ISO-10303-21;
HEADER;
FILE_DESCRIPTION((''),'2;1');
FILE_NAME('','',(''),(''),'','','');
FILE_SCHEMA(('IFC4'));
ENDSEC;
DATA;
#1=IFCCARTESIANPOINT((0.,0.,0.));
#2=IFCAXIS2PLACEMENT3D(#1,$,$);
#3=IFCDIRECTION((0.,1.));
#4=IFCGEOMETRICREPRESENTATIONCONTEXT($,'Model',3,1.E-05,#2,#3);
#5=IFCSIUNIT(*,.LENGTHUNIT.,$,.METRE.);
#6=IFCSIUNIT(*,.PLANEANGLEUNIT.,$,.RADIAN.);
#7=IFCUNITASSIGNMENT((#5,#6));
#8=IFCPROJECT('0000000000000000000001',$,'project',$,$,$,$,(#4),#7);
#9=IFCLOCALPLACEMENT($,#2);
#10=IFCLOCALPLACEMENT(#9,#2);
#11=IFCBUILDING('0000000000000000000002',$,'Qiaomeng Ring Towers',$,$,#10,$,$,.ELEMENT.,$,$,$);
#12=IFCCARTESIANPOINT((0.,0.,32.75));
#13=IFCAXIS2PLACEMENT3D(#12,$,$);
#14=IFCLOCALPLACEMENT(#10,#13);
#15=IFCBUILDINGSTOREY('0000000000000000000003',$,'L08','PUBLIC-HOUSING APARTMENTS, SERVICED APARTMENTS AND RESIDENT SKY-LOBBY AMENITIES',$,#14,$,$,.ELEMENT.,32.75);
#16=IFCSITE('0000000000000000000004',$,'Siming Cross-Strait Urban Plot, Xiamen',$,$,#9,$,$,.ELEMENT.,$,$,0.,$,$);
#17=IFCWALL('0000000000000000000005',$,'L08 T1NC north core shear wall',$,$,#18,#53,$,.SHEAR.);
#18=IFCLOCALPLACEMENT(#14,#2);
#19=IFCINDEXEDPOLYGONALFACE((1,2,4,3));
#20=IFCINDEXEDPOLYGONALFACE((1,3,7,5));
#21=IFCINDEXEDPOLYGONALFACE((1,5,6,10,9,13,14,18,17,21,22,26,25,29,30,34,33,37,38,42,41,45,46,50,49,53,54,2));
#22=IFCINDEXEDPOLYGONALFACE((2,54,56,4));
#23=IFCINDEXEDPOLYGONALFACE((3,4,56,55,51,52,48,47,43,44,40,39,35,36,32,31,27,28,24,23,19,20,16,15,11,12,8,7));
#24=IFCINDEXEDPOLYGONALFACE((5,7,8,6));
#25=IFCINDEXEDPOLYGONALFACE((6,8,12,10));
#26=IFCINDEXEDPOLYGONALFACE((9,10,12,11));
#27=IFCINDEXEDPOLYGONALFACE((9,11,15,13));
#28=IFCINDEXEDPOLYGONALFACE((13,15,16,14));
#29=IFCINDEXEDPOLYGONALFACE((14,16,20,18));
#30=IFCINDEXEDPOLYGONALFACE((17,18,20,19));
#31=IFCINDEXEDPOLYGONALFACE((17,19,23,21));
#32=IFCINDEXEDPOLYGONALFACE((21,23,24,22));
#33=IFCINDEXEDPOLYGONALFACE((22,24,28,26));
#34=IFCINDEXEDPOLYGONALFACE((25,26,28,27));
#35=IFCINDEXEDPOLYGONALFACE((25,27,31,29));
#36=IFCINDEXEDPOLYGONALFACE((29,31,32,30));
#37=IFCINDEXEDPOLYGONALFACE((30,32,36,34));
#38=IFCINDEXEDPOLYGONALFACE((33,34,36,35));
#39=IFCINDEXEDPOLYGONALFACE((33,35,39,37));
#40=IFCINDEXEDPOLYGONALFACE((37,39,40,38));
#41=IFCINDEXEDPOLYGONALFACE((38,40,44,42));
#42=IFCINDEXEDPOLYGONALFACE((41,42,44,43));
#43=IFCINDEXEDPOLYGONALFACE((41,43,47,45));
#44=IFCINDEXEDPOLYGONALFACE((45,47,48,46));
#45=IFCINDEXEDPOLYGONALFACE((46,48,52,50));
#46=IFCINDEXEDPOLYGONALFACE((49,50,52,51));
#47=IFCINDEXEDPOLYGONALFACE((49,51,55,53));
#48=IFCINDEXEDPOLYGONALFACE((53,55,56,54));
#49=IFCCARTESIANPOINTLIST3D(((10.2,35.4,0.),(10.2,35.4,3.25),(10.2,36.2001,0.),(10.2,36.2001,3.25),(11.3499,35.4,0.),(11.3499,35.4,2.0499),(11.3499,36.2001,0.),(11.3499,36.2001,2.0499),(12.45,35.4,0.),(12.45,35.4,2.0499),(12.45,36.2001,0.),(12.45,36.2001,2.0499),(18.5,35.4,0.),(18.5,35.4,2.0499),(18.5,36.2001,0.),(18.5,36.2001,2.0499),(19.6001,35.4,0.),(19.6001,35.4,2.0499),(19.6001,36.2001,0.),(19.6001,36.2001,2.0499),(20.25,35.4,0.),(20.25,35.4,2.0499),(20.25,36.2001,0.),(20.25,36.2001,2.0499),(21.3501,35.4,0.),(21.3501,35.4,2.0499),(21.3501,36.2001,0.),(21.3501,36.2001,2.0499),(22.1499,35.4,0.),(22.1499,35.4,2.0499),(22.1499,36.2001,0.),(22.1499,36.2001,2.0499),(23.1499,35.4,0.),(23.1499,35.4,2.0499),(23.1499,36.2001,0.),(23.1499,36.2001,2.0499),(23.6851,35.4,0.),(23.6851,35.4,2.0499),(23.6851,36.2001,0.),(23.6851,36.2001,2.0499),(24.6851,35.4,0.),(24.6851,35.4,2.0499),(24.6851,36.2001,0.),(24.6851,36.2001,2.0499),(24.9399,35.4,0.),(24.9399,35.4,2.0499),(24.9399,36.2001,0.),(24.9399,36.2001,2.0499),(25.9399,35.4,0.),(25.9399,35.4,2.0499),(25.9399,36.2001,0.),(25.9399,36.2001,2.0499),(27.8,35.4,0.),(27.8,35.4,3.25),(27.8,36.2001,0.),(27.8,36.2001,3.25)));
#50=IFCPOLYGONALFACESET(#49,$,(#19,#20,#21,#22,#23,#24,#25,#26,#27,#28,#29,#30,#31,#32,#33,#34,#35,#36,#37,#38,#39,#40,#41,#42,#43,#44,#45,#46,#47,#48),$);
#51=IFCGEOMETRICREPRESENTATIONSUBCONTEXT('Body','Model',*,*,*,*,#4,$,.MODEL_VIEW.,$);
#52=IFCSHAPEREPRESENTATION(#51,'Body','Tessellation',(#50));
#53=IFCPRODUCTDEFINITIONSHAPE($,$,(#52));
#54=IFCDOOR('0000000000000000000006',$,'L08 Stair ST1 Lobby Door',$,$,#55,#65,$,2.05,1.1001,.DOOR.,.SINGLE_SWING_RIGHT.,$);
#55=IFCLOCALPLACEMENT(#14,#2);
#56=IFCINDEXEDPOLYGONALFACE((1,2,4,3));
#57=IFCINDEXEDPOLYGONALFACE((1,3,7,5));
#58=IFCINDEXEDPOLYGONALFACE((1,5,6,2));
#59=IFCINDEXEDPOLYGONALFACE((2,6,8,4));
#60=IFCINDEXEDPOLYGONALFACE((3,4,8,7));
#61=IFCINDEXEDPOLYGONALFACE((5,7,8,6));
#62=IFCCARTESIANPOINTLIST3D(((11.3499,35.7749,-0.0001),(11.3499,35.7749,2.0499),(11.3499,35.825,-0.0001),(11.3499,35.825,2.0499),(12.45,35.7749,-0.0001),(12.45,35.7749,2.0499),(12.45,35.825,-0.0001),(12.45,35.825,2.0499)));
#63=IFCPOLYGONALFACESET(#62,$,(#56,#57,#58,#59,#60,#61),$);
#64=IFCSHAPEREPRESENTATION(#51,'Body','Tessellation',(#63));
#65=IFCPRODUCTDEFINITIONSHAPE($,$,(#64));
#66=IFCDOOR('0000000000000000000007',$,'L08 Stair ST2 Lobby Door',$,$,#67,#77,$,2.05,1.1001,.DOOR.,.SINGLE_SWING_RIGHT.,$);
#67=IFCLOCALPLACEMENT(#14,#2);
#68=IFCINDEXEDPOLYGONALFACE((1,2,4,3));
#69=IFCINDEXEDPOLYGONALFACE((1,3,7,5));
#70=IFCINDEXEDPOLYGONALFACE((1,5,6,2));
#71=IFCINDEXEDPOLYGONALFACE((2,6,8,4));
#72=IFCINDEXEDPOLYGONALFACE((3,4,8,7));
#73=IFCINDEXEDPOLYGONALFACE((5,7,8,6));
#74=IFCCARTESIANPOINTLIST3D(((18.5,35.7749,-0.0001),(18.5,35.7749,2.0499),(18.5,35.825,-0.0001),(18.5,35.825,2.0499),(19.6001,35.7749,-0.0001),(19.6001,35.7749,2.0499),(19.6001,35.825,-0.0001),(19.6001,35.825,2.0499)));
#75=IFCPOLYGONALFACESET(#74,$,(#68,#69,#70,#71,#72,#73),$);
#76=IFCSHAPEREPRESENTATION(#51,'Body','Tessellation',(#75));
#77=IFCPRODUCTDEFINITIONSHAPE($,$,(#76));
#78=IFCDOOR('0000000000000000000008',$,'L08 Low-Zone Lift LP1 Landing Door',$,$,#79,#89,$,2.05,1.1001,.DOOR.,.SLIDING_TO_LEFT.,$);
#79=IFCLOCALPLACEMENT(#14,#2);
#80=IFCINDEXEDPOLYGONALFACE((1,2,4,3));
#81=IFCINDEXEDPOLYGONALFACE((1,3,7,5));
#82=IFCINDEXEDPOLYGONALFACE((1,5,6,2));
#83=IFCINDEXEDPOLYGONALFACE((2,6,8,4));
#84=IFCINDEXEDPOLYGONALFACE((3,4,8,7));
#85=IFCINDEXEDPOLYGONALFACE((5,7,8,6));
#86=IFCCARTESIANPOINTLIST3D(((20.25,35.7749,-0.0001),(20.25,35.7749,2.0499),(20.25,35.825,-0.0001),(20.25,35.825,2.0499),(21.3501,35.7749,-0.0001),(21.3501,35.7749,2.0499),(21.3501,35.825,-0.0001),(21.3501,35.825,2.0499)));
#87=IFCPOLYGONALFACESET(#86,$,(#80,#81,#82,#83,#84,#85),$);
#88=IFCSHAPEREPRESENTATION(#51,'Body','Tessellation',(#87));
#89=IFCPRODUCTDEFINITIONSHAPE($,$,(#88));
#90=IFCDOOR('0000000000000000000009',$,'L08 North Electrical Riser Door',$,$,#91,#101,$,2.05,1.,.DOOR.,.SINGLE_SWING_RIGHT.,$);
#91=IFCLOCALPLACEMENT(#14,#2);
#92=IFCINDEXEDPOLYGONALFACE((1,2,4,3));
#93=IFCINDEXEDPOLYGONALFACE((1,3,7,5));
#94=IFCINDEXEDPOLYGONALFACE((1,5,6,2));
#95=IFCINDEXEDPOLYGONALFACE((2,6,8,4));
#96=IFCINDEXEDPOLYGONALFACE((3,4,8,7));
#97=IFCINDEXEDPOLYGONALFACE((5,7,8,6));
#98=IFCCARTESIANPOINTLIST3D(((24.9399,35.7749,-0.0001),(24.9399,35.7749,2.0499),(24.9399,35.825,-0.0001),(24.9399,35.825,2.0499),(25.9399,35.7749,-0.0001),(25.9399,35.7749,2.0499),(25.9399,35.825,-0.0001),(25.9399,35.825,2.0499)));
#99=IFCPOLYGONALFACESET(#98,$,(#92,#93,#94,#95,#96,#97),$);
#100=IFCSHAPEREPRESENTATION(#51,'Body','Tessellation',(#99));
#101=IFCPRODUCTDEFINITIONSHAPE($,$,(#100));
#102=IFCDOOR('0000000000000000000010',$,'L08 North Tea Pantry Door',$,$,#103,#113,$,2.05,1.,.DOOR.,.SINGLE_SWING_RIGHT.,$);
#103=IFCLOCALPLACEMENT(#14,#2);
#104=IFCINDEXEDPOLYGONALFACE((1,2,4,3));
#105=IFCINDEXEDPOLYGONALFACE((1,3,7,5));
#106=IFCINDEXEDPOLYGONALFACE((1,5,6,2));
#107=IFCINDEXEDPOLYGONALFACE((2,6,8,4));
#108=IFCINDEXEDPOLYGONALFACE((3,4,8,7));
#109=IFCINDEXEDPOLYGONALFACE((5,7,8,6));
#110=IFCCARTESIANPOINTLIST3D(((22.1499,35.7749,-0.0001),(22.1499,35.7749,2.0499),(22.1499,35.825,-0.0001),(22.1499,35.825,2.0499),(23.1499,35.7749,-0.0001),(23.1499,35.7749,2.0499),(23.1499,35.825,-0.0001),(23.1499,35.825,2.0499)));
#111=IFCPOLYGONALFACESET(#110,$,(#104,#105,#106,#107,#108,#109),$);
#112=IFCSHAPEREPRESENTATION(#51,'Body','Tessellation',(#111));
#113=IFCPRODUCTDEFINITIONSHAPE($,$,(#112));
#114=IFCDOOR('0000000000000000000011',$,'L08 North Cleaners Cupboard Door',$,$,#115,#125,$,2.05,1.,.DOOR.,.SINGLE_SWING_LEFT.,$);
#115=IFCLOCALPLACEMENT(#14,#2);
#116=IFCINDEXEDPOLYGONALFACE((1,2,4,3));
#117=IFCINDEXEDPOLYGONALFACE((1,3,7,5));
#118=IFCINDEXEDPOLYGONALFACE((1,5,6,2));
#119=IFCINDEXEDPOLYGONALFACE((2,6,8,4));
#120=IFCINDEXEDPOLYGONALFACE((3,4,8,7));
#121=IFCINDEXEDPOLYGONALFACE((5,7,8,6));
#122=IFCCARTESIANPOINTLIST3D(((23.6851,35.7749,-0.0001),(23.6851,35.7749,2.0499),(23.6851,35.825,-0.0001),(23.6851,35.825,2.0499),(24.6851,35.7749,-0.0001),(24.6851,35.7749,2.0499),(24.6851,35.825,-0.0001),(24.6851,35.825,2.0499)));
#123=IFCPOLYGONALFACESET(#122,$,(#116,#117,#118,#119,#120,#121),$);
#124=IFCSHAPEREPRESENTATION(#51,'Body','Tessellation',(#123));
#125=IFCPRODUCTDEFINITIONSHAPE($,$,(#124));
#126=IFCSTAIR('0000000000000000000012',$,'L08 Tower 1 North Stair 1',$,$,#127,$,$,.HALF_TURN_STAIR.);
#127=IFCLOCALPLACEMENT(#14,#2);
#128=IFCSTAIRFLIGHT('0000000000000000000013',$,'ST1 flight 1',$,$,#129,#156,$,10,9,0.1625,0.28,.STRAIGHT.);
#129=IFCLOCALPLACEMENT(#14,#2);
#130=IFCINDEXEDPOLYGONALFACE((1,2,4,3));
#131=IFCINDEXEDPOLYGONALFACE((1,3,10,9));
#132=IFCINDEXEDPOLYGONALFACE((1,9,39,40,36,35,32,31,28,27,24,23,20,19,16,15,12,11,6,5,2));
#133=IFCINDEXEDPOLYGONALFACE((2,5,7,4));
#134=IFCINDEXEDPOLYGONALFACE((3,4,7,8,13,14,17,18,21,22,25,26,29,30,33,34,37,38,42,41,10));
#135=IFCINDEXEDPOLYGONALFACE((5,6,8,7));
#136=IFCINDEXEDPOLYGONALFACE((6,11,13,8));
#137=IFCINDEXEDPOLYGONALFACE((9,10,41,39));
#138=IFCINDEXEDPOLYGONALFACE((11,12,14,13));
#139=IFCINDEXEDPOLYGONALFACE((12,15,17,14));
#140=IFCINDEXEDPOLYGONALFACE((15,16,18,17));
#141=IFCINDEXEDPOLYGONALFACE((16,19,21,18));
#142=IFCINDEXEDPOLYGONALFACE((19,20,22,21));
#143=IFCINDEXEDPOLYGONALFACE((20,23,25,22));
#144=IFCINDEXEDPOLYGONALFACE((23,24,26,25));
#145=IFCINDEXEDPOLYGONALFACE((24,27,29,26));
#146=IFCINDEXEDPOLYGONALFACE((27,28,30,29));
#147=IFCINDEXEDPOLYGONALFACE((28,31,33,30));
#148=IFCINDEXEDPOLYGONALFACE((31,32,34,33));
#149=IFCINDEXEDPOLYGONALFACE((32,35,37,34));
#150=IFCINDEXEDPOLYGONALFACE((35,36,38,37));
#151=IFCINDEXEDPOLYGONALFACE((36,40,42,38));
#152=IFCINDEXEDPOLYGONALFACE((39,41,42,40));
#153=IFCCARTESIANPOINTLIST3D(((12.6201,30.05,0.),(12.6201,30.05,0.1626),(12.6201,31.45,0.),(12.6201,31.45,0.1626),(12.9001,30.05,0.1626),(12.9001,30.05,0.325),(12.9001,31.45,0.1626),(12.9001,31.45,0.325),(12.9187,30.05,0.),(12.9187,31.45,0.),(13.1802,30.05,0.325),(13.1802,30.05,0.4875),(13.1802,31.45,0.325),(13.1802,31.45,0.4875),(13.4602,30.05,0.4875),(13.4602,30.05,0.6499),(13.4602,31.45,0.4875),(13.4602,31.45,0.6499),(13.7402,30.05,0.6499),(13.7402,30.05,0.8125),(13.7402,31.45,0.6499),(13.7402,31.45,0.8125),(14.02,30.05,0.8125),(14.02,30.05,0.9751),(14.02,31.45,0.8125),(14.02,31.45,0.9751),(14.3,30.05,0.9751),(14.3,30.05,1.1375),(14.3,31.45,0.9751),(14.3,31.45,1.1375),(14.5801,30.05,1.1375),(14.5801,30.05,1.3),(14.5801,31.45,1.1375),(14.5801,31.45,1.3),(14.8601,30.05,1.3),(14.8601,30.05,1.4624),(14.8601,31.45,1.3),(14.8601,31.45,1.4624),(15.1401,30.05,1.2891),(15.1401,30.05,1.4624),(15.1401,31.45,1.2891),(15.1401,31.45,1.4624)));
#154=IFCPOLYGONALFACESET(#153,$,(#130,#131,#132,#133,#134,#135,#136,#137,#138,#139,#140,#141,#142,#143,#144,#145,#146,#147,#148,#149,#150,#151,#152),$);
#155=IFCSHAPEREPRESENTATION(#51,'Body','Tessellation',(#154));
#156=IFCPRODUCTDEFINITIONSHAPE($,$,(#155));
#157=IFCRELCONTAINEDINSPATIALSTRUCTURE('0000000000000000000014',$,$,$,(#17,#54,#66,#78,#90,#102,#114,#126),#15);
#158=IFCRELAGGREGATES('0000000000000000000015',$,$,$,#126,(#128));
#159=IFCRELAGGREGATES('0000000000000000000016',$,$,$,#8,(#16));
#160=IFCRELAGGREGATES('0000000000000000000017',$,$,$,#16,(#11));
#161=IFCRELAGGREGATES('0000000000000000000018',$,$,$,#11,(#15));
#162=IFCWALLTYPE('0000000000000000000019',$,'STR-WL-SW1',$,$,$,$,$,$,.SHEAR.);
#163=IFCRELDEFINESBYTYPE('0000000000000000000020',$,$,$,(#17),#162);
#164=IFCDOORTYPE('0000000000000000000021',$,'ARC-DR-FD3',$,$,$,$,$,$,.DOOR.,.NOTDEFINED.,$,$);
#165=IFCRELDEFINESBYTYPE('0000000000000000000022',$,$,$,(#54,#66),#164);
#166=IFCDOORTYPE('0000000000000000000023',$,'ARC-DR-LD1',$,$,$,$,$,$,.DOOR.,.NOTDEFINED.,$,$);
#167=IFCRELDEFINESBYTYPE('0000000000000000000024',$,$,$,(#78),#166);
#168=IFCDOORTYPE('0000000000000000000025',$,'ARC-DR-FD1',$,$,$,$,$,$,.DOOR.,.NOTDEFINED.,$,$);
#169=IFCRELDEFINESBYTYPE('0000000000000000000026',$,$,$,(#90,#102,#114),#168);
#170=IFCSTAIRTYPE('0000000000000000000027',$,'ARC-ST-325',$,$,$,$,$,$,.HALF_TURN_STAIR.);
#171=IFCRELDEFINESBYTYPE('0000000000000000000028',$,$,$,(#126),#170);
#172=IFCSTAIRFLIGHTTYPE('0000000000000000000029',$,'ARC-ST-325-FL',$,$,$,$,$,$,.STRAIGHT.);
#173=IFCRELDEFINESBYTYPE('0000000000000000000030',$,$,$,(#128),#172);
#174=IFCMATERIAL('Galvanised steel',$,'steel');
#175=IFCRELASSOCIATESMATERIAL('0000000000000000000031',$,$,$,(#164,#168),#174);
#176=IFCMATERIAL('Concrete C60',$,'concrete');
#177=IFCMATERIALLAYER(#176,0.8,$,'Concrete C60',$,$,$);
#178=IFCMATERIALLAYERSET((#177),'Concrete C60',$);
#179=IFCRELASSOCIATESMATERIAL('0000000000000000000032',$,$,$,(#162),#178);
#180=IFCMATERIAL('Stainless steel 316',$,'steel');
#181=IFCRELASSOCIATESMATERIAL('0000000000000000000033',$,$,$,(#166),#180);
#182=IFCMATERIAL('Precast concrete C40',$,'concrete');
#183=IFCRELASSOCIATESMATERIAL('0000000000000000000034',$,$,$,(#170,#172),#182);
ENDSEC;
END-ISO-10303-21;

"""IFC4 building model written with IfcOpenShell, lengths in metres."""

from ifc_helpers import new_model, si_unit, direction, frame, frame_2d, origin, place, context, subcontext, project, spatial, polyline, rectangle, outline, extrude, source, transform, mapped, material, layer, layer_set, type_object, element, fill, aggregate, save


model = new_model("IFC4")

# Units and contexts
model_context = context("Model", 3, precision=1e-05, world=origin(), true_north=direction((0.0, 1.0)))
body_context = subcontext(model_context, "Body", "Model", "MODEL_VIEW")
ifc_project = project(units=[si_unit("LENGTHUNIT", "METRE"), si_unit("PLANEANGLEUNIT", "RADIAN")], contexts=[model_context])

# Site, building, storey
site_placement = place(None, origin())
site = spatial("IfcSite", under=ifc_project, at=site_placement, Name="Siming Cross-Strait Urban Plot, Xiamen", CompositionType="ELEMENT", RefElevation=0.0)
building_placement = place(site_placement, origin())
building = spatial("IfcBuilding", under=site, at=building_placement, Name="Qiaomeng Ring Towers", CompositionType="ELEMENT")
storey_placement = place(building_placement, frame((0.0, 0.0, 32.75)))
storey = spatial("IfcBuildingStorey", under=building, at=storey_placement, Name="L08", Description="PUBLIC-HOUSING APARTMENTS, SERVICED APARTMENTS AND RESIDENT SKY-LOBBY AMENITIES", CompositionType="ELEMENT", Elevation=32.75)

# Shared definitions
shared_shape_1 = source(origin(), body_context, "Body", "SweptSolid", [
    extrude(rectangle(XDim=1.0, YDim=2.05, at=frame_2d((0.5, 1.0249))), frame((0.0, 0.0249, 0.0), z_axis=(0.0, -1.0, 0.0), x_axis=(1.0, 0.0, 0.0)), (0.0, 0.0, 1.0), 0.05),
])

# Shared definitions
ifc_material_1 = material(Name="Galvanised steel", Category="steel")
door_type_1 = type_object("IfcDoorType", Name="ARC-DR-FD3", OperationType="NOTDEFINED", PredefinedType="DOOR", material=ifc_material_1)
shared_shape_2 = source(origin(), body_context, "Body", "SweptSolid", [
    extrude(rectangle(XDim=1.1001, YDim=2.05, at=frame_2d((0.55, 1.0249))), frame((0.0, 0.0249, 0.0), z_axis=(0.0, -1.0, 0.0), x_axis=(1.0, 0.0, 0.0)), (0.0, 0.0, 1.0), 0.05),
])

# Wall, openings, doors
ifc_material_2 = material(Name="Concrete C60", Category="concrete")
ifc_layer_1 = layer(ifc_material_2, 0.8, Name="Concrete C60")
ifc_layer_set_1 = layer_set([ifc_layer_1], Name="Concrete C60")
wall_type_1 = type_object("IfcWallType", Name="STR-WL-SW1", PredefinedType="SHEAR", material=ifc_layer_set_1)
wall_1_placement = place(storey_placement, frame((10.2, 35.8, 0.0), z_axis=(0.0, 0.0, 1.0), x_axis=(1.0, 0.0, 0.0)))
wall_1 = element("IfcWall", 1, at=wall_1_placement, inside=storey, type_object=wall_type_1, Name="L08 T1NC north core shear wall", PredefinedType="SHEAR", context=body_context, shape_type="SweptSolid", body=[
    extrude(rectangle(XDim=17.6001, YDim=0.8, at=frame_2d((8.8, 0.0))), origin(), (0.0, 0.0, 1.0), 3.25),
])
opening_1_placement = place(wall_1_placement, frame((1.1499, 0.0, 0.0)))
opening_1 = element("IfcOpeningElement", 2, at=opening_1_placement, cuts=wall_1, PredefinedType="OPENING", context=body_context, shape_type="SweptSolid", body=[
    extrude(rectangle(XDim=1.1001, YDim=2.05, at=frame_2d((0.55, 1.0249))), frame((0.0, 0.4099, 0.0), z_axis=(0.0, -1.0, 0.0), x_axis=(1.0, 0.0, 0.0)), (0.0, 0.0, 1.0), 0.8201),
])
opening_2_placement = place(wall_1_placement, frame((8.3, 0.0, 0.0)))
opening_2 = element("IfcOpeningElement", 3, at=opening_2_placement, cuts=wall_1, PredefinedType="OPENING", context=body_context, shape_type="SweptSolid", body=[
    extrude(rectangle(XDim=1.1001, YDim=2.05, at=frame_2d((0.55, 1.0249))), frame((0.0, 0.4099, 0.0), z_axis=(0.0, -1.0, 0.0), x_axis=(1.0, 0.0, 0.0)), (0.0, 0.0, 1.0), 0.8201),
])
opening_3_placement = place(wall_1_placement, frame((10.05, 0.0, 0.0)))
opening_3 = element("IfcOpeningElement", 4, at=opening_3_placement, cuts=wall_1, PredefinedType="OPENING", context=body_context, shape_type="SweptSolid", body=[
    extrude(rectangle(XDim=1.1001, YDim=2.05, at=frame_2d((0.55, 1.0249))), frame((0.0, 0.4099, 0.0), z_axis=(0.0, -1.0, 0.0), x_axis=(1.0, 0.0, 0.0)), (0.0, 0.0, 1.0), 0.8201),
])
opening_4_placement = place(wall_1_placement, frame((14.74, 0.0, 0.0)))
opening_4 = element("IfcOpeningElement", 5, at=opening_4_placement, cuts=wall_1, PredefinedType="OPENING", context=body_context, shape_type="SweptSolid", body=[
    extrude(rectangle(XDim=1.0, YDim=2.05, at=frame_2d((0.5, 1.0249))), frame((0.0, 0.4099, 0.0), z_axis=(0.0, -1.0, 0.0), x_axis=(1.0, 0.0, 0.0)), (0.0, 0.0, 1.0), 0.8201),
])
opening_5_placement = place(wall_1_placement, frame((11.95, 0.0, 0.0)))
opening_5 = element("IfcOpeningElement", 6, at=opening_5_placement, cuts=wall_1, PredefinedType="OPENING", context=body_context, shape_type="SweptSolid", body=[
    extrude(rectangle(XDim=1.0, YDim=2.05, at=frame_2d((0.5, 1.0249))), frame((0.0, 0.4099, 0.0), z_axis=(0.0, -1.0, 0.0), x_axis=(1.0, 0.0, 0.0)), (0.0, 0.0, 1.0), 0.8201),
])
opening_6_placement = place(wall_1_placement, frame((13.4851, 0.0, 0.0)))
opening_6 = element("IfcOpeningElement", 7, at=opening_6_placement, cuts=wall_1, PredefinedType="OPENING", context=body_context, shape_type="SweptSolid", body=[
    extrude(rectangle(XDim=1.0, YDim=2.05, at=frame_2d((0.5, 1.0249))), frame((0.0, 0.4099, 0.0), z_axis=(0.0, -1.0, 0.0), x_axis=(1.0, 0.0, 0.0)), (0.0, 0.0, 1.0), 0.8201),
])
door_1_placement = place(opening_1_placement, origin())
door_1 = element("IfcDoor", 8, at=door_1_placement, inside=storey, type_object=door_type_1, Name="L08 Stair ST1 Lobby Door", OperationType="SINGLE_SWING_RIGHT", OverallHeight=2.05, OverallWidth=1.1001, PredefinedType="DOOR", context=body_context, shape_type="MappedRepresentation", body=[
    mapped(shared_shape_2, transform((0.0, 0.0, 0.0), x_axis=(1.0, 0.0, 0.0), y_axis=(0.0, 1.0, 0.0), z_axis=(0.0, 0.0, 1.0), scale=1.0)),
])
fill(opening_1, door_1)
door_2_placement = place(opening_2_placement, origin())
door_2 = element("IfcDoor", 9, at=door_2_placement, inside=storey, type_object=door_type_1, Name="L08 Stair ST2 Lobby Door", OperationType="SINGLE_SWING_RIGHT", OverallHeight=2.05, OverallWidth=1.1001, PredefinedType="DOOR", context=body_context, shape_type="MappedRepresentation", body=[
    mapped(shared_shape_2, transform((0.0, 0.0, 0.0), x_axis=(1.0, 0.0, 0.0), y_axis=(0.0, 1.0, 0.0), z_axis=(0.0, 0.0, 1.0), scale=1.0)),
])
fill(opening_2, door_2)
ifc_material_3 = material(Name="Stainless steel 316", Category="steel")
door_type_2 = type_object("IfcDoorType", Name="ARC-DR-LD1", OperationType="NOTDEFINED", PredefinedType="DOOR", material=ifc_material_3)
door_3_placement = place(opening_3_placement, origin())
door_3 = element("IfcDoor", 10, at=door_3_placement, inside=storey, type_object=door_type_2, Name="L08 Low-Zone Lift LP1 Landing Door", OperationType="SLIDING_TO_LEFT", OverallHeight=2.05, OverallWidth=1.1001, PredefinedType="DOOR", context=body_context, shape_type="MappedRepresentation", body=[
    mapped(shared_shape_2, transform((0.0, 0.0, 0.0), x_axis=(1.0, 0.0, 0.0), y_axis=(0.0, 1.0, 0.0), z_axis=(0.0, 0.0, 1.0), scale=1.0)),
])
fill(opening_3, door_3)
door_type_3 = type_object("IfcDoorType", Name="ARC-DR-FD1", OperationType="NOTDEFINED", PredefinedType="DOOR", material=ifc_material_1)
door_4_placement = place(opening_4_placement, origin())
door_4 = element("IfcDoor", 11, at=door_4_placement, inside=storey, type_object=door_type_3, Name="L08 North Electrical Riser Door", OperationType="SINGLE_SWING_RIGHT", OverallHeight=2.05, OverallWidth=1.0, PredefinedType="DOOR", context=body_context, shape_type="MappedRepresentation", body=[
    mapped(shared_shape_1, transform((0.0, 0.0, 0.0), x_axis=(1.0, 0.0, 0.0), y_axis=(0.0, 1.0, 0.0), z_axis=(0.0, 0.0, 1.0), scale=1.0)),
])
fill(opening_4, door_4)
door_5_placement = place(opening_5_placement, origin())
door_5 = element("IfcDoor", 12, at=door_5_placement, inside=storey, type_object=door_type_3, Name="L08 North Tea Pantry Door", OperationType="SINGLE_SWING_RIGHT", OverallHeight=2.05, OverallWidth=1.0, PredefinedType="DOOR", context=body_context, shape_type="MappedRepresentation", body=[
    mapped(shared_shape_1, transform((0.0, 0.0, 0.0), x_axis=(1.0, 0.0, 0.0), y_axis=(0.0, 1.0, 0.0), z_axis=(0.0, 0.0, 1.0), scale=1.0)),
])
fill(opening_5, door_5)
door_6_placement = place(opening_6_placement, origin())
door_6 = element("IfcDoor", 13, at=door_6_placement, inside=storey, type_object=door_type_3, Name="L08 North Cleaners Cupboard Door", OperationType="SINGLE_SWING_LEFT", OverallHeight=2.05, OverallWidth=1.0, PredefinedType="DOOR", context=body_context, shape_type="MappedRepresentation", body=[
    mapped(shared_shape_1, transform((0.0, 0.0, 0.0), x_axis=(1.0, 0.0, 0.0), y_axis=(0.0, 1.0, 0.0), z_axis=(0.0, 0.0, 1.0), scale=1.0)),
])
fill(opening_6, door_6)

# Stair, stair flight
ifc_material_4 = material(Name="Precast concrete C40", Category="concrete")
stair_type = type_object("IfcStairType", Name="ARC-ST-325", PredefinedType="HALF_TURN_STAIR", material=ifc_material_4)
stair_placement = place(storey_placement, origin())
stair = element("IfcStair", 14, at=stair_placement, inside=storey, type_object=stair_type, Name="L08 Tower 1 North Stair 1", PredefinedType="HALF_TURN_STAIR")
stair_flight_type = type_object("IfcStairFlightType", Name="ARC-ST-325-FL", PredefinedType="STRAIGHT", material=ifc_material_4)
shared_shape_3 = source(origin(), body_context, "Body", "SweptSolid", [
    extrude(outline(polyline([(0.0, 0.0), (0.0, 0.1626), (0.28, 0.1626), (0.28, 0.325), (0.5601, 0.325), (0.5601, 0.4875), (0.8401, 0.4875), (0.8401, 0.6499), (1.1201, 0.6499), (1.1201, 0.8125), (1.3999, 0.8125), (1.3999, 0.9751), (1.6799, 0.9751), (1.6799, 1.1375), (1.96, 1.1375), (1.96, 1.3), (2.24, 1.3), (2.24, 1.4624), (2.52, 1.4624), (2.52, 1.625), (2.52, 1.2891), (0.2986, 0.0), (0.0, 0.0)])), frame((0.0, 0.7, 0.0), z_axis=(0.0, -1.0, 0.0), x_axis=(1.0, 0.0, 0.0)), (0.0, 0.0, 1.0), 1.3999),
])
stair_flight_placement = place(storey_placement, frame((12.6201, 30.75, 0.0), z_axis=(0.0, 0.0, 1.0), x_axis=(1.0, 0.0, 0.0)))
stair_flight = element("IfcStairFlight", 15, at=stair_flight_placement, type_object=stair_flight_type, Name="ST1 flight 1", NumberOfRisers=10, NumberOfTreads=9, PredefinedType="STRAIGHT", RiserHeight=0.1625, TreadLength=0.28, context=body_context, shape_type="MappedRepresentation", body=[
    mapped(shared_shape_3, transform((0.0, 0.0, 0.0), x_axis=(1.0, 0.0, 0.0), y_axis=(0.0, 1.0, 0.0), z_axis=(0.0, 0.0, 1.0), scale=1.0)),
])
aggregate(stair, [stair_flight])

save(model, "model.ifc")
